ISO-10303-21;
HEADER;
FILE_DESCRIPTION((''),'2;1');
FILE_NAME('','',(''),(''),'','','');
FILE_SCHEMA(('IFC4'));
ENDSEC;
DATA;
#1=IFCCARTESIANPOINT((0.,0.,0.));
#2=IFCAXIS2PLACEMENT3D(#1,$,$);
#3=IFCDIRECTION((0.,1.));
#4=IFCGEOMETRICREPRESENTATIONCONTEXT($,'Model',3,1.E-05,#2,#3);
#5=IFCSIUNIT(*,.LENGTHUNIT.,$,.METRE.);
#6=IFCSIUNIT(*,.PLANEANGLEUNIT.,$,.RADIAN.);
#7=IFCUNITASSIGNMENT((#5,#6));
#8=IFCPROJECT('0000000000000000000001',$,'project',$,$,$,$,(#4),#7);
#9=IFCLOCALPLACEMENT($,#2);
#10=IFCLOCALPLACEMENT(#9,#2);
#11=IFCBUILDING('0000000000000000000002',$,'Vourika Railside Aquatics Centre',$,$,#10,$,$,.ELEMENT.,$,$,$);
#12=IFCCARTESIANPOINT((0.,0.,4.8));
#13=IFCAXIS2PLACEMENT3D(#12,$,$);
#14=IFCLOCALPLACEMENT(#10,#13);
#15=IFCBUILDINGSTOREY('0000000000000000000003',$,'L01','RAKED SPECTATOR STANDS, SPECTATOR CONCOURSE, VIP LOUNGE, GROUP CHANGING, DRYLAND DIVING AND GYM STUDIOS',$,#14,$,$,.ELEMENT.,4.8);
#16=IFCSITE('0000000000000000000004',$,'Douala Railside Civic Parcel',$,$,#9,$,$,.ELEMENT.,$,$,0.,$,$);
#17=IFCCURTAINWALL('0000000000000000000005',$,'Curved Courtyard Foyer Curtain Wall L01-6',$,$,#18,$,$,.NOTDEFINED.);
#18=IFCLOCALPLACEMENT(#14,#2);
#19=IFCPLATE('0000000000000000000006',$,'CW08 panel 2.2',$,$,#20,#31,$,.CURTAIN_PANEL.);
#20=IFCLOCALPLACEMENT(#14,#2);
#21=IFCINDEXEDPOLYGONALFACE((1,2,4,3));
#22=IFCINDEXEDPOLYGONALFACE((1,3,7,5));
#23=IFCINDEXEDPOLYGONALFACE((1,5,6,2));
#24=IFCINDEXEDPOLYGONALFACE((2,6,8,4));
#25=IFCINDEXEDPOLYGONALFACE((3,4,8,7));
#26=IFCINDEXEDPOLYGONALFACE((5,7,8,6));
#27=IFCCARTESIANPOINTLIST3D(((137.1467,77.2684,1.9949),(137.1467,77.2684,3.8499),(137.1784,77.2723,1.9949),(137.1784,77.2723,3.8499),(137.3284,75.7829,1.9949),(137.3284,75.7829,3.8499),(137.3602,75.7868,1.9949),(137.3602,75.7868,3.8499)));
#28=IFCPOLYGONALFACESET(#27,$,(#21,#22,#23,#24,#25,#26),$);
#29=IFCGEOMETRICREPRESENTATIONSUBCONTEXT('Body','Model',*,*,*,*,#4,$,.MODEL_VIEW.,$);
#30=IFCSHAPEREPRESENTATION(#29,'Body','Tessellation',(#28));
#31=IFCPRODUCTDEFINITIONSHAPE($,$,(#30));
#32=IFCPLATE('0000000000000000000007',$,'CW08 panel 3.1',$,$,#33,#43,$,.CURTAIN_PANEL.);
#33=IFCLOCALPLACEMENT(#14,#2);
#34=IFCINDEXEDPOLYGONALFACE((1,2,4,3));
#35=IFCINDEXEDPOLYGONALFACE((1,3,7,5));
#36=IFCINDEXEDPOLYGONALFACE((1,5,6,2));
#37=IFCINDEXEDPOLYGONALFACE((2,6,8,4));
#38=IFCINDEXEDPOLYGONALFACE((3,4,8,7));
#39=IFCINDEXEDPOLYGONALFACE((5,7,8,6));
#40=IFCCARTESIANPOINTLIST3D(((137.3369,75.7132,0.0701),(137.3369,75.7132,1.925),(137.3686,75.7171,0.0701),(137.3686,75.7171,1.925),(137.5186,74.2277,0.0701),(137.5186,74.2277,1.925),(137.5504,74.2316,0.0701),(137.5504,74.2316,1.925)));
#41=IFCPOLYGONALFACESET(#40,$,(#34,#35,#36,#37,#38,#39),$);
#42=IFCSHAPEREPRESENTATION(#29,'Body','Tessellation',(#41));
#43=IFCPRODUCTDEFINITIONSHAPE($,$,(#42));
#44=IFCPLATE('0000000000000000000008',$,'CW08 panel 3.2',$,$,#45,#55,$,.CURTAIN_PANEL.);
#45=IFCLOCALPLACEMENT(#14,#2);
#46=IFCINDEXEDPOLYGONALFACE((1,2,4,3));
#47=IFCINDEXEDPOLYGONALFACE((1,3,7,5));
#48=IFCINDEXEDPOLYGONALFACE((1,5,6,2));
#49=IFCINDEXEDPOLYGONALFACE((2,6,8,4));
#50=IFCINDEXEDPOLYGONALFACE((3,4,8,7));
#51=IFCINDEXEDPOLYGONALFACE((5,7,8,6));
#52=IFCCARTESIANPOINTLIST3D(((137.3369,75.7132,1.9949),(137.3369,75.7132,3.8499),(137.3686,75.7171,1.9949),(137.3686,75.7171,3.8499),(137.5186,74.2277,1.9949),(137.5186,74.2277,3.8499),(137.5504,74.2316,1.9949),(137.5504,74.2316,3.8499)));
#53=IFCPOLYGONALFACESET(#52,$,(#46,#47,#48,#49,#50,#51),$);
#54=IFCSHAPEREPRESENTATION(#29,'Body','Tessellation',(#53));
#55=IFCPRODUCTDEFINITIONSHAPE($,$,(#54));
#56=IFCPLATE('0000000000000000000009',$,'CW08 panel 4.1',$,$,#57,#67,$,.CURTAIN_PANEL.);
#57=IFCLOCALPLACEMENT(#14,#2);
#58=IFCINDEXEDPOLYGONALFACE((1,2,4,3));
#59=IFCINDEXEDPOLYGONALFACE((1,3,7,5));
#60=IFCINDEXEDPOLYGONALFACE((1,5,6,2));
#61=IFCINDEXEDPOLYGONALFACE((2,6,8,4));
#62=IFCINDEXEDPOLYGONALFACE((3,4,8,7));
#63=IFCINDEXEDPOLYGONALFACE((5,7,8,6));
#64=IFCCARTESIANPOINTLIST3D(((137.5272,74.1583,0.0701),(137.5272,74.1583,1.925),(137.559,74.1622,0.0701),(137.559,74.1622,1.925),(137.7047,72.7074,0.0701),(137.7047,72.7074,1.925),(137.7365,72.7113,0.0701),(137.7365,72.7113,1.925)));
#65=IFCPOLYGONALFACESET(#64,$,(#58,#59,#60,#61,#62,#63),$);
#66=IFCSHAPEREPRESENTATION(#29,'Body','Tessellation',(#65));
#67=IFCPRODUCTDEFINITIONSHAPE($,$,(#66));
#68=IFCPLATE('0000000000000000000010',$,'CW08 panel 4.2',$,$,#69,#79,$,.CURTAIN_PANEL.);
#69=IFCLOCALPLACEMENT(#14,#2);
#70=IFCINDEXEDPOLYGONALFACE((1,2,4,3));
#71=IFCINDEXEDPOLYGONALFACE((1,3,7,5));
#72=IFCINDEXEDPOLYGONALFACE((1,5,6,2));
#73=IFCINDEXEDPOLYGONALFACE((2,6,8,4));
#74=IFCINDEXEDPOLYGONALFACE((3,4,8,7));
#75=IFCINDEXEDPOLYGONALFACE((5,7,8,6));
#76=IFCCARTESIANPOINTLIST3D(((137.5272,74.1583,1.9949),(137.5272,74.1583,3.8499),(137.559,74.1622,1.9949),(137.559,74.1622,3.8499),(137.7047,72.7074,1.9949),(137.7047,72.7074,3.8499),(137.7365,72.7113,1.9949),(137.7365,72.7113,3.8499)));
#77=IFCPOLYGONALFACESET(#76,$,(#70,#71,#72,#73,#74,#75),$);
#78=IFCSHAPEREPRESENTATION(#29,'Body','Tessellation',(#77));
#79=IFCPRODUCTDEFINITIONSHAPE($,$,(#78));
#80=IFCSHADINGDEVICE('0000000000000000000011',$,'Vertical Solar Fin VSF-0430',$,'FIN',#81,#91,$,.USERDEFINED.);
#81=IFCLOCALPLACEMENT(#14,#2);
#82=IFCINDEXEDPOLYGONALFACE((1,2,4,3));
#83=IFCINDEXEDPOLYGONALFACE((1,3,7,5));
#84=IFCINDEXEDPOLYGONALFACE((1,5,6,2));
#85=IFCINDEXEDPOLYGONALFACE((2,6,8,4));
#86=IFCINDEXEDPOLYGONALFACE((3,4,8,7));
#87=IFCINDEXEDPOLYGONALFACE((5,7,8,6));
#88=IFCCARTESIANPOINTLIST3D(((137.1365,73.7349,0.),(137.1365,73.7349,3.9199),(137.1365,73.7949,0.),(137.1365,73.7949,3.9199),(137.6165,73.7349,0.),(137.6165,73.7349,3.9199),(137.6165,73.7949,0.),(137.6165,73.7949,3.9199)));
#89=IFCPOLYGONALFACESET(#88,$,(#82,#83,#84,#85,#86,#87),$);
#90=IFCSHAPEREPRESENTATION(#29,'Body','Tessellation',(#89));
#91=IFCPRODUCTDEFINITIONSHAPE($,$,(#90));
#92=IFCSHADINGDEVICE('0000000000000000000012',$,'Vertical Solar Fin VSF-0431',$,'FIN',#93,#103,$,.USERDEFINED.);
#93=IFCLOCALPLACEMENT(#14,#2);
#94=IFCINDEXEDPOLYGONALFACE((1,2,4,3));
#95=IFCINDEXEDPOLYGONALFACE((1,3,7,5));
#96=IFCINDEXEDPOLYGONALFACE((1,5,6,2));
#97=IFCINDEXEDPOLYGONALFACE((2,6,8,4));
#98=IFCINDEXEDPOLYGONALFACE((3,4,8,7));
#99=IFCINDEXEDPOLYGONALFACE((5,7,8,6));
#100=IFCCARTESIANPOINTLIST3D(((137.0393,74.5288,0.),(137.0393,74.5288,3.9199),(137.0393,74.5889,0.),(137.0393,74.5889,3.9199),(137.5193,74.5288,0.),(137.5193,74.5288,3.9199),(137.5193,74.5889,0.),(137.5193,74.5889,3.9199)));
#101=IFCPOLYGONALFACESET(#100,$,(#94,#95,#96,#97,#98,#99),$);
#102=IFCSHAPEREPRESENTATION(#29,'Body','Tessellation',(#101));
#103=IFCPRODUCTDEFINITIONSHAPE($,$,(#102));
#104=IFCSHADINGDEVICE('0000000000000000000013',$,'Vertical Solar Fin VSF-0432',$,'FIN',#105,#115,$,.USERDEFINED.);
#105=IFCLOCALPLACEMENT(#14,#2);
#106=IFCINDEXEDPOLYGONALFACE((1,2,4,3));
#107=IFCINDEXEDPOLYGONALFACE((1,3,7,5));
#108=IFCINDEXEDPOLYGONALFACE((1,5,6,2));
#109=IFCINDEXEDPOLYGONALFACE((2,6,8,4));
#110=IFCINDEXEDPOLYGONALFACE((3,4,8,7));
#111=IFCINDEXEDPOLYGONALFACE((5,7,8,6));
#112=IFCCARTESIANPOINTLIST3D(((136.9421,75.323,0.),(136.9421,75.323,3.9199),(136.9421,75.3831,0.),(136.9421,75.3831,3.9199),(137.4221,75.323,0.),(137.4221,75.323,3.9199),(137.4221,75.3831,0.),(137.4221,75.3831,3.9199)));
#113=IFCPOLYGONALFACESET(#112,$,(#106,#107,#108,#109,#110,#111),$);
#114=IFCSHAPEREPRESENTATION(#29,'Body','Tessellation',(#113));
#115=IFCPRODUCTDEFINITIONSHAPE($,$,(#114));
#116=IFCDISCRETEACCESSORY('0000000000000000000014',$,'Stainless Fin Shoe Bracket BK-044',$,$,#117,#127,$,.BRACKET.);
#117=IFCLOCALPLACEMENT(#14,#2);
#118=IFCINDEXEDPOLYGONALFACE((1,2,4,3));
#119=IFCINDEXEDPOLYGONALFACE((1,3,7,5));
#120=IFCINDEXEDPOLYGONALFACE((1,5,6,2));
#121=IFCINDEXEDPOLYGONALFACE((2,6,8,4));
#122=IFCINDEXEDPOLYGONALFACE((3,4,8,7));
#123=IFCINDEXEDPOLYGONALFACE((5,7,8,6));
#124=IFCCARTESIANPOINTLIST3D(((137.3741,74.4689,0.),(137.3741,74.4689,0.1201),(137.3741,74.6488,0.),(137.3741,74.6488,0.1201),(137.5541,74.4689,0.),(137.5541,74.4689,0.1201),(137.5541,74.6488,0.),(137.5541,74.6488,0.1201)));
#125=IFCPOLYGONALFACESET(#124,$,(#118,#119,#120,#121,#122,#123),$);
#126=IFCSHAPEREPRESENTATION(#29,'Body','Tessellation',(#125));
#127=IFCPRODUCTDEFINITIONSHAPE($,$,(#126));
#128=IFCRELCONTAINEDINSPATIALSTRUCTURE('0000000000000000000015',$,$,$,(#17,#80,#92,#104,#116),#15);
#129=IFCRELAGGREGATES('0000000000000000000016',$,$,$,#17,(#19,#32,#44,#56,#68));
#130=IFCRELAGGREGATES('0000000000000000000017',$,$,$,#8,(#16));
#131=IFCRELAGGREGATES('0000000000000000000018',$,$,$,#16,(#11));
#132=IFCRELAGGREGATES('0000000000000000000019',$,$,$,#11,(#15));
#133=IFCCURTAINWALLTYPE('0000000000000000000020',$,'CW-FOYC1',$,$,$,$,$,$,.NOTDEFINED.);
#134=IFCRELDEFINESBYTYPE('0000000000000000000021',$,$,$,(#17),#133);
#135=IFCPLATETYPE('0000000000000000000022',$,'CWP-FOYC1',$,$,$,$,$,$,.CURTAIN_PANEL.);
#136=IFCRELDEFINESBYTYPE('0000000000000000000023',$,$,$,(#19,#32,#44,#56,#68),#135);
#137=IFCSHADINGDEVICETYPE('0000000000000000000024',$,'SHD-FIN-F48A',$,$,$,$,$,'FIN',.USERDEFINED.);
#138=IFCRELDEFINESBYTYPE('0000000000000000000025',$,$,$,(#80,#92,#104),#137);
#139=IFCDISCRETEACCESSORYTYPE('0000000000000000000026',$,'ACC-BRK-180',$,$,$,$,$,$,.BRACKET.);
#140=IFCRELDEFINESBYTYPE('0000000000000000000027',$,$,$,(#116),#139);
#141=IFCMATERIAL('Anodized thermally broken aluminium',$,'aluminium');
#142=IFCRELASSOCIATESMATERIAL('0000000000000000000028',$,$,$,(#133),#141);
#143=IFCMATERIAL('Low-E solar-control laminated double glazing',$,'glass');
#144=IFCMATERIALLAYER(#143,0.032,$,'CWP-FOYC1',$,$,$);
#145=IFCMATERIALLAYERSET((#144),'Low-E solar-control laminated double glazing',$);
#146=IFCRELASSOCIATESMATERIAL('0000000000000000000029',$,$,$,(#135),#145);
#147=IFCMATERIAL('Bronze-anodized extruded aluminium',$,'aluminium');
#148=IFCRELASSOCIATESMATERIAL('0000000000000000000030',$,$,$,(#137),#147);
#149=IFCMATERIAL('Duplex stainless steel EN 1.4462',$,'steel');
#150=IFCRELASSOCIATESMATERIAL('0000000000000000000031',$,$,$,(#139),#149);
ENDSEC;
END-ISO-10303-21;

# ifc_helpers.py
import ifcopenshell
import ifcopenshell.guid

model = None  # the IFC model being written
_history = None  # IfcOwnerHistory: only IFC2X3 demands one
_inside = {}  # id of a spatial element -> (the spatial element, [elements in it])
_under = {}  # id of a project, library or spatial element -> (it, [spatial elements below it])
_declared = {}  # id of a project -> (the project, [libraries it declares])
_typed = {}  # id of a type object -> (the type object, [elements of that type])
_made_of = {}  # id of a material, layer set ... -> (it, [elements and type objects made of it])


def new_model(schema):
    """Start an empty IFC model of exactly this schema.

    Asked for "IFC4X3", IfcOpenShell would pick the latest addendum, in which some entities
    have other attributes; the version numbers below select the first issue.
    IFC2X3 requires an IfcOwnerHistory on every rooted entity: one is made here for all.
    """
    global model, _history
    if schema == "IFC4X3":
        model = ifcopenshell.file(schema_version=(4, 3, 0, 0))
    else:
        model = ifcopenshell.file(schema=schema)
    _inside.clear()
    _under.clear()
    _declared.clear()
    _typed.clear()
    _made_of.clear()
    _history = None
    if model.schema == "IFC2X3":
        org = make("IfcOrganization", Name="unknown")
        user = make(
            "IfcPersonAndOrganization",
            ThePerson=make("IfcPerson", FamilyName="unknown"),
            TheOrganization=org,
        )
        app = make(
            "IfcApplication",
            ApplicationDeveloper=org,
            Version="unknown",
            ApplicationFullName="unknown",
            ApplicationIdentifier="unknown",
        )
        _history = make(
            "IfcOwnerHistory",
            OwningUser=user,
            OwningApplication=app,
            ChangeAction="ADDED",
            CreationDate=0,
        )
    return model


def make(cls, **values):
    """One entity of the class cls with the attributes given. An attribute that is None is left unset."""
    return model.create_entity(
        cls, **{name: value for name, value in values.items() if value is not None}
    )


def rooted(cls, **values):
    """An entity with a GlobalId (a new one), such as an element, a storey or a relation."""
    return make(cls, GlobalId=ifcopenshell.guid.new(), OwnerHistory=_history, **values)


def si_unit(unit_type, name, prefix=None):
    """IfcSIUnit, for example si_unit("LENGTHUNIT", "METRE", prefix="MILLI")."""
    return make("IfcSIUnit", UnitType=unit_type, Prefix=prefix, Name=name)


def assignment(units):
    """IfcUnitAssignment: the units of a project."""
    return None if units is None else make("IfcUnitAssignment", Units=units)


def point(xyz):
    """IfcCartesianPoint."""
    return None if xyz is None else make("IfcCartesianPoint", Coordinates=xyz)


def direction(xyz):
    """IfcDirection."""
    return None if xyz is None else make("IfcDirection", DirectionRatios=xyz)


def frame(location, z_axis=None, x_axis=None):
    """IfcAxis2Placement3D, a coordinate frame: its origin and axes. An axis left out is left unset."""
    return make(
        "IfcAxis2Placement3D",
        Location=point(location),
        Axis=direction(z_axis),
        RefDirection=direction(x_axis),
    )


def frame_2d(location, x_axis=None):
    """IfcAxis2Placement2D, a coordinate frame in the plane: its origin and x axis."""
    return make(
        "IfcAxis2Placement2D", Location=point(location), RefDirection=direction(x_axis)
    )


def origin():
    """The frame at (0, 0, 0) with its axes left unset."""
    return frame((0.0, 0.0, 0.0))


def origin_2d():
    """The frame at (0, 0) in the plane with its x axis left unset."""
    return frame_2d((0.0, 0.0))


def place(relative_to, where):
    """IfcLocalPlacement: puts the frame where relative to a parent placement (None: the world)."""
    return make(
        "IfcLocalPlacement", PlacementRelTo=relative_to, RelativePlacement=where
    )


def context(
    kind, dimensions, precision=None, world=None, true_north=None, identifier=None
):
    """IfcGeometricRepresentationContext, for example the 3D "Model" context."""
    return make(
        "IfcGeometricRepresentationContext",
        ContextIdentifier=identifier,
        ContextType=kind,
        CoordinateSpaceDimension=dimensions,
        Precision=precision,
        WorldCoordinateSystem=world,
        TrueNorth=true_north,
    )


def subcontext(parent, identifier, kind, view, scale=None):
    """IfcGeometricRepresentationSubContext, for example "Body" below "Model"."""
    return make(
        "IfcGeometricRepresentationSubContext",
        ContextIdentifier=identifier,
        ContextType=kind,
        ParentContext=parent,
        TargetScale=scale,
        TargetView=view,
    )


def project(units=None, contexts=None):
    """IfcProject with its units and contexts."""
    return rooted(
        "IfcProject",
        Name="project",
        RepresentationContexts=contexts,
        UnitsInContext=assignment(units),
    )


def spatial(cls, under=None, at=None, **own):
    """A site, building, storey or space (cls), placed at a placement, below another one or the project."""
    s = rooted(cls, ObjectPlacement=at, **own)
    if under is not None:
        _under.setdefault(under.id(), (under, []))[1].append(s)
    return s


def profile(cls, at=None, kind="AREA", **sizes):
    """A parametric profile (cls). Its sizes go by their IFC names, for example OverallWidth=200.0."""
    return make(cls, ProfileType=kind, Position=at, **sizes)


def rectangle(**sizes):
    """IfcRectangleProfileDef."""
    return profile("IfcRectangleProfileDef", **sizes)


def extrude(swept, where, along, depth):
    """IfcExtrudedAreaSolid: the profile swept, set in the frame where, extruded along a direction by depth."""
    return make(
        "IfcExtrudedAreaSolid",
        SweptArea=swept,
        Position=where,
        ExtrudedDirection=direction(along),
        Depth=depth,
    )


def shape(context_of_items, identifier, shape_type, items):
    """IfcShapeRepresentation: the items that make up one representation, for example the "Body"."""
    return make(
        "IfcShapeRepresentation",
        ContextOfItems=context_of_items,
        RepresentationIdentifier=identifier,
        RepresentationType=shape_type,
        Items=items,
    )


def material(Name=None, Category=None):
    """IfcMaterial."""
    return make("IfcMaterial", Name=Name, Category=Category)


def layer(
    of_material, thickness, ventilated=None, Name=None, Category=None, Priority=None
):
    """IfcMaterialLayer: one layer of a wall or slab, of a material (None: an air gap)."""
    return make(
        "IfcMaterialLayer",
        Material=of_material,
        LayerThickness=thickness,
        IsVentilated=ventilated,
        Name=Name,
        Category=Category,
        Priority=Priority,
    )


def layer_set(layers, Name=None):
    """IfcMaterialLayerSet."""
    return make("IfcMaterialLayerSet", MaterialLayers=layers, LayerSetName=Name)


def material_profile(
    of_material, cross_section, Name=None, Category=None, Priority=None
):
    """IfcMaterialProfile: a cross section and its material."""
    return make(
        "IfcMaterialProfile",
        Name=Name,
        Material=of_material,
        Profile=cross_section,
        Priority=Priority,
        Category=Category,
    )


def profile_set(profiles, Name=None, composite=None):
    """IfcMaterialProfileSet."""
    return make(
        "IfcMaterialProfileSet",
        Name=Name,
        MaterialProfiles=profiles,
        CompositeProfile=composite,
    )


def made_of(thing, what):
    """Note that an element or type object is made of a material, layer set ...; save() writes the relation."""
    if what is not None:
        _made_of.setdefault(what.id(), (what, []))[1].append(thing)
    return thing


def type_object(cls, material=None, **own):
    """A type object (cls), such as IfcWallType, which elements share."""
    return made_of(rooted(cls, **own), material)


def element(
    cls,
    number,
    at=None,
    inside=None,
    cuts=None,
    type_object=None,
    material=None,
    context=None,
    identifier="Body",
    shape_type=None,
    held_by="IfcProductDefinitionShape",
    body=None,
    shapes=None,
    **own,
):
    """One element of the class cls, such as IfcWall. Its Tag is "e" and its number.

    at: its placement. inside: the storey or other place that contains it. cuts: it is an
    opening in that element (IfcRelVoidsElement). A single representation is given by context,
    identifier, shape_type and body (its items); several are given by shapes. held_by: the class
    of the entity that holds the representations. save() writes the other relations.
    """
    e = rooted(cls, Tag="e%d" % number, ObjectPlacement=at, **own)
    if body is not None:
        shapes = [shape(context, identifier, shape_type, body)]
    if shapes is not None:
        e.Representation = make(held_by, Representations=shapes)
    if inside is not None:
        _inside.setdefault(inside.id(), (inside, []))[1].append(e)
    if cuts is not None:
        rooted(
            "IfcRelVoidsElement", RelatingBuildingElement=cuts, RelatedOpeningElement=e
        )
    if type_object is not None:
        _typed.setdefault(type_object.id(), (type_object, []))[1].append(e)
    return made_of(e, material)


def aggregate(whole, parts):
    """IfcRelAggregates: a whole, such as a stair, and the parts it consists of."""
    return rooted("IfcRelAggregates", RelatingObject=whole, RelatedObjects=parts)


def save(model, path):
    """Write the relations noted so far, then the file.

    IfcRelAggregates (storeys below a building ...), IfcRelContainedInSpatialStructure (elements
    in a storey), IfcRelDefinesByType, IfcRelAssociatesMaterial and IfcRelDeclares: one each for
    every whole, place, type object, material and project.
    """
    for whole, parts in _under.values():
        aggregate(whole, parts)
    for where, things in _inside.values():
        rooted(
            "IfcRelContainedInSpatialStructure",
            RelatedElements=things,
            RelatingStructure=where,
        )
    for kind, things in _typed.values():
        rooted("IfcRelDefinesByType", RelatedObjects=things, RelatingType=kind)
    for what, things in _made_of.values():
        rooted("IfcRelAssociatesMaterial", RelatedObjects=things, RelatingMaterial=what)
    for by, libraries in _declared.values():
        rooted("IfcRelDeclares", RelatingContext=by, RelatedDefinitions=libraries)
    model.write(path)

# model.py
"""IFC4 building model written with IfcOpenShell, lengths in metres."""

from ifc_helpers import new_model, si_unit, direction, frame, origin, origin_2d, place, context, subcontext, project, spatial, rectangle, extrude, material, layer, layer_set, material_profile, profile_set, type_object, element, aggregate, save


model = new_model("IFC4")

# Units and contexts
model_context = context("Model", 3, precision=1e-05, world=origin(), true_north=direction((0.0, 1.0)))
body_context = subcontext(model_context, "Body", "Model", "MODEL_VIEW")
ifc_project = project(units=[si_unit("LENGTHUNIT", "METRE"), si_unit("PLANEANGLEUNIT", "RADIAN")], contexts=[model_context])

# Site, building, storey
site_placement = place(None, origin())
site = spatial("IfcSite", under=ifc_project, at=site_placement, Name="Douala Railside Civic Parcel", CompositionType="ELEMENT", RefElevation=0.0)
building_placement = place(site_placement, origin())
building = spatial("IfcBuilding", under=site, at=building_placement, Name="Vourika Railside Aquatics Centre", CompositionType="ELEMENT")
storey_placement = place(building_placement, frame((0.0, 0.0, 4.8)))
storey = spatial("IfcBuildingStorey", under=building, at=storey_placement, Name="L01", Description="RAKED SPECTATOR STANDS, SPECTATOR CONCOURSE, VIP LOUNGE, GROUP CHANGING, DRYLAND DIVING AND GYM STUDIOS", CompositionType="ELEMENT", Elevation=4.8)

# Curtain wall, plates
ifc_material_1 = material(Name="Anodized thermally broken aluminium", Category="aluminium")
curtain_wall_type = type_object("IfcCurtainWallType", Name="CW-FOYC1", PredefinedType="NOTDEFINED", material=ifc_material_1)
curtain_wall_placement = place(storey_placement, origin())
curtain_wall = element("IfcCurtainWall", 1, at=curtain_wall_placement, inside=storey, type_object=curtain_wall_type, Name="Curved Courtyard Foyer Curtain Wall L01-6", PredefinedType="NOTDEFINED")
ifc_material_2 = material(Name="Low-E solar-control laminated double glazing", Category="glass")
ifc_layer = layer(ifc_material_2, 0.032, Name="CWP-FOYC1")
ifc_layer_set = layer_set([ifc_layer], Name="Low-E solar-control laminated double glazing")
plate_type = type_object("IfcPlateType", Name="CWP-FOYC1", PredefinedType="CURTAIN_PANEL", material=ifc_layer_set)
plate_1_placement = place(storey_placement, frame((137.2534, 76.5276, 1.9949), z_axis=(0.0, 0.0, 1.0), x_axis=(0.121442, -0.992599, 0.0)))
plate_1 = element("IfcPlate", 2, at=plate_1_placement, type_object=plate_type, Name="CW08 panel 2.2", PredefinedType="CURTAIN_PANEL", context=body_context, shape_type="SweptSolid", body=[
    extrude(rectangle(XDim=1.4966, YDim=0.032, at=origin_2d()), origin(), (0.0, 0.0, 1.0), 1.855),
])
plate_2_placement = place(storey_placement, frame((137.4436, 74.9724, 0.0701), z_axis=(0.0, 0.0, 1.0), x_axis=(0.121442, -0.992599, 0.0)))
plate_2 = element("IfcPlate", 3, at=plate_2_placement, type_object=plate_type, Name="CW08 panel 3.1", PredefinedType="CURTAIN_PANEL", context=body_context, shape_type="SweptSolid", body=[
    extrude(rectangle(XDim=1.4966, YDim=0.032, at=origin_2d()), origin(), (0.0, 0.0, 1.0), 1.855),
])
plate_3_placement = place(storey_placement, frame((137.4436, 74.9724, 1.9949), z_axis=(0.0, 0.0, 1.0), x_axis=(0.121442, -0.992599, 0.0)))
plate_3 = element("IfcPlate", 4, at=plate_3_placement, type_object=plate_type, Name="CW08 panel 3.2", PredefinedType="CURTAIN_PANEL", context=body_context, shape_type="SweptSolid", body=[
    extrude(rectangle(XDim=1.4966, YDim=0.032, at=origin_2d()), origin(), (0.0, 0.0, 1.0), 1.855),
])
plate_4_placement = place(storey_placement, frame((137.6318, 73.4348, 0.0701), z_axis=(0.0, 0.0, 1.0), x_axis=(0.121442, -0.992599, 0.0)))
plate_4 = element("IfcPlate", 5, at=plate_4_placement, type_object=plate_type, Name="CW08 panel 4.1", PredefinedType="CURTAIN_PANEL", context=body_context, shape_type="SweptSolid", body=[
    extrude(rectangle(XDim=1.4617, YDim=0.032, at=origin_2d()), origin(), (0.0, 0.0, 1.0), 1.855),
])
plate_5_placement = place(storey_placement, frame((137.6318, 73.4348, 1.9949), z_axis=(0.0, 0.0, 1.0), x_axis=(0.121442, -0.992599, 0.0)))
plate_5 = element("IfcPlate", 6, at=plate_5_placement, type_object=plate_type, Name="CW08 panel 4.2", PredefinedType="CURTAIN_PANEL", context=body_context, shape_type="SweptSolid", body=[
    extrude(rectangle(XDim=1.4617, YDim=0.032, at=origin_2d()), origin(), (0.0, 0.0, 1.0), 1.855),
])
aggregate(curtain_wall, [plate_1, plate_2, plate_3, plate_4, plate_5])

# Shading devices
ifc_material_3 = material(Name="Bronze-anodized extruded aluminium", Category="aluminium")
ifc_material_profile_1 = material_profile(ifc_material_3, rectangle(XDim=0.0601, YDim=0.48, at=origin_2d()), Name="ALU-FIN 60x480")
ifc_profile_set_1 = profile_set([ifc_material_profile_1], Name="Bronze-anodized extruded aluminium")
shading_device_type = type_object("IfcShadingDeviceType", Name="SHD-FIN-F48A", ElementType="FIN", PredefinedType="USERDEFINED", material=ifc_profile_set_1)
for number, where, z_axis, x_axis, name in (
    (7, (137.3765, 73.7649, 0.0), (0.0, 0.0, 1.0), (0.0, 1.0, 0.0), "Vertical Solar Fin VSF-0430"),
    (8, (137.2793, 74.5588, 0.0), (0.0, 0.0, 1.0), (0.0, 1.0, 0.0), "Vertical Solar Fin VSF-0431"),
    (9, (137.1821, 75.353, 0.0), (0.0, 0.0, 1.0), (0.0, 1.0, 0.0), "Vertical Solar Fin VSF-0432"),
):
    element("IfcShadingDevice", number, at=place(storey_placement, frame(where, z_axis=z_axis, x_axis=x_axis)), inside=storey, type_object=shading_device_type, Name=name, ObjectType="FIN", PredefinedType="USERDEFINED", context=body_context, shape_type="SweptSolid", body=[
        extrude(rectangle(XDim=0.0601, YDim=0.48, at=origin_2d()), origin(), (0.0, 0.0, 1.0), 3.9199),
    ])

# Discrete accessory
ifc_material_4 = material(Name="Duplex stainless steel EN 1.4462", Category="steel")
discrete_accessory_type = type_object("IfcDiscreteAccessoryType", Name="ACC-BRK-180", PredefinedType="BRACKET", material=ifc_material_4)
discrete_accessory_placement = place(storey_placement, frame((137.4641, 74.5588, 0.0), z_axis=(0.0, 0.0, 1.0), x_axis=(-1.0, 0.0, 0.0)))
element("IfcDiscreteAccessory", 10, at=discrete_accessory_placement, inside=storey, type_object=discrete_accessory_type, Name="Stainless Fin Shoe Bracket BK-044", PredefinedType="BRACKET", context=body_context, shape_type="SweptSolid", body=[
    extrude(rectangle(XDim=0.1799, YDim=0.1799, at=origin_2d()), origin(), (0.0, 0.0, 1.0), 0.1201),
])

save(model, "model.ifc")
